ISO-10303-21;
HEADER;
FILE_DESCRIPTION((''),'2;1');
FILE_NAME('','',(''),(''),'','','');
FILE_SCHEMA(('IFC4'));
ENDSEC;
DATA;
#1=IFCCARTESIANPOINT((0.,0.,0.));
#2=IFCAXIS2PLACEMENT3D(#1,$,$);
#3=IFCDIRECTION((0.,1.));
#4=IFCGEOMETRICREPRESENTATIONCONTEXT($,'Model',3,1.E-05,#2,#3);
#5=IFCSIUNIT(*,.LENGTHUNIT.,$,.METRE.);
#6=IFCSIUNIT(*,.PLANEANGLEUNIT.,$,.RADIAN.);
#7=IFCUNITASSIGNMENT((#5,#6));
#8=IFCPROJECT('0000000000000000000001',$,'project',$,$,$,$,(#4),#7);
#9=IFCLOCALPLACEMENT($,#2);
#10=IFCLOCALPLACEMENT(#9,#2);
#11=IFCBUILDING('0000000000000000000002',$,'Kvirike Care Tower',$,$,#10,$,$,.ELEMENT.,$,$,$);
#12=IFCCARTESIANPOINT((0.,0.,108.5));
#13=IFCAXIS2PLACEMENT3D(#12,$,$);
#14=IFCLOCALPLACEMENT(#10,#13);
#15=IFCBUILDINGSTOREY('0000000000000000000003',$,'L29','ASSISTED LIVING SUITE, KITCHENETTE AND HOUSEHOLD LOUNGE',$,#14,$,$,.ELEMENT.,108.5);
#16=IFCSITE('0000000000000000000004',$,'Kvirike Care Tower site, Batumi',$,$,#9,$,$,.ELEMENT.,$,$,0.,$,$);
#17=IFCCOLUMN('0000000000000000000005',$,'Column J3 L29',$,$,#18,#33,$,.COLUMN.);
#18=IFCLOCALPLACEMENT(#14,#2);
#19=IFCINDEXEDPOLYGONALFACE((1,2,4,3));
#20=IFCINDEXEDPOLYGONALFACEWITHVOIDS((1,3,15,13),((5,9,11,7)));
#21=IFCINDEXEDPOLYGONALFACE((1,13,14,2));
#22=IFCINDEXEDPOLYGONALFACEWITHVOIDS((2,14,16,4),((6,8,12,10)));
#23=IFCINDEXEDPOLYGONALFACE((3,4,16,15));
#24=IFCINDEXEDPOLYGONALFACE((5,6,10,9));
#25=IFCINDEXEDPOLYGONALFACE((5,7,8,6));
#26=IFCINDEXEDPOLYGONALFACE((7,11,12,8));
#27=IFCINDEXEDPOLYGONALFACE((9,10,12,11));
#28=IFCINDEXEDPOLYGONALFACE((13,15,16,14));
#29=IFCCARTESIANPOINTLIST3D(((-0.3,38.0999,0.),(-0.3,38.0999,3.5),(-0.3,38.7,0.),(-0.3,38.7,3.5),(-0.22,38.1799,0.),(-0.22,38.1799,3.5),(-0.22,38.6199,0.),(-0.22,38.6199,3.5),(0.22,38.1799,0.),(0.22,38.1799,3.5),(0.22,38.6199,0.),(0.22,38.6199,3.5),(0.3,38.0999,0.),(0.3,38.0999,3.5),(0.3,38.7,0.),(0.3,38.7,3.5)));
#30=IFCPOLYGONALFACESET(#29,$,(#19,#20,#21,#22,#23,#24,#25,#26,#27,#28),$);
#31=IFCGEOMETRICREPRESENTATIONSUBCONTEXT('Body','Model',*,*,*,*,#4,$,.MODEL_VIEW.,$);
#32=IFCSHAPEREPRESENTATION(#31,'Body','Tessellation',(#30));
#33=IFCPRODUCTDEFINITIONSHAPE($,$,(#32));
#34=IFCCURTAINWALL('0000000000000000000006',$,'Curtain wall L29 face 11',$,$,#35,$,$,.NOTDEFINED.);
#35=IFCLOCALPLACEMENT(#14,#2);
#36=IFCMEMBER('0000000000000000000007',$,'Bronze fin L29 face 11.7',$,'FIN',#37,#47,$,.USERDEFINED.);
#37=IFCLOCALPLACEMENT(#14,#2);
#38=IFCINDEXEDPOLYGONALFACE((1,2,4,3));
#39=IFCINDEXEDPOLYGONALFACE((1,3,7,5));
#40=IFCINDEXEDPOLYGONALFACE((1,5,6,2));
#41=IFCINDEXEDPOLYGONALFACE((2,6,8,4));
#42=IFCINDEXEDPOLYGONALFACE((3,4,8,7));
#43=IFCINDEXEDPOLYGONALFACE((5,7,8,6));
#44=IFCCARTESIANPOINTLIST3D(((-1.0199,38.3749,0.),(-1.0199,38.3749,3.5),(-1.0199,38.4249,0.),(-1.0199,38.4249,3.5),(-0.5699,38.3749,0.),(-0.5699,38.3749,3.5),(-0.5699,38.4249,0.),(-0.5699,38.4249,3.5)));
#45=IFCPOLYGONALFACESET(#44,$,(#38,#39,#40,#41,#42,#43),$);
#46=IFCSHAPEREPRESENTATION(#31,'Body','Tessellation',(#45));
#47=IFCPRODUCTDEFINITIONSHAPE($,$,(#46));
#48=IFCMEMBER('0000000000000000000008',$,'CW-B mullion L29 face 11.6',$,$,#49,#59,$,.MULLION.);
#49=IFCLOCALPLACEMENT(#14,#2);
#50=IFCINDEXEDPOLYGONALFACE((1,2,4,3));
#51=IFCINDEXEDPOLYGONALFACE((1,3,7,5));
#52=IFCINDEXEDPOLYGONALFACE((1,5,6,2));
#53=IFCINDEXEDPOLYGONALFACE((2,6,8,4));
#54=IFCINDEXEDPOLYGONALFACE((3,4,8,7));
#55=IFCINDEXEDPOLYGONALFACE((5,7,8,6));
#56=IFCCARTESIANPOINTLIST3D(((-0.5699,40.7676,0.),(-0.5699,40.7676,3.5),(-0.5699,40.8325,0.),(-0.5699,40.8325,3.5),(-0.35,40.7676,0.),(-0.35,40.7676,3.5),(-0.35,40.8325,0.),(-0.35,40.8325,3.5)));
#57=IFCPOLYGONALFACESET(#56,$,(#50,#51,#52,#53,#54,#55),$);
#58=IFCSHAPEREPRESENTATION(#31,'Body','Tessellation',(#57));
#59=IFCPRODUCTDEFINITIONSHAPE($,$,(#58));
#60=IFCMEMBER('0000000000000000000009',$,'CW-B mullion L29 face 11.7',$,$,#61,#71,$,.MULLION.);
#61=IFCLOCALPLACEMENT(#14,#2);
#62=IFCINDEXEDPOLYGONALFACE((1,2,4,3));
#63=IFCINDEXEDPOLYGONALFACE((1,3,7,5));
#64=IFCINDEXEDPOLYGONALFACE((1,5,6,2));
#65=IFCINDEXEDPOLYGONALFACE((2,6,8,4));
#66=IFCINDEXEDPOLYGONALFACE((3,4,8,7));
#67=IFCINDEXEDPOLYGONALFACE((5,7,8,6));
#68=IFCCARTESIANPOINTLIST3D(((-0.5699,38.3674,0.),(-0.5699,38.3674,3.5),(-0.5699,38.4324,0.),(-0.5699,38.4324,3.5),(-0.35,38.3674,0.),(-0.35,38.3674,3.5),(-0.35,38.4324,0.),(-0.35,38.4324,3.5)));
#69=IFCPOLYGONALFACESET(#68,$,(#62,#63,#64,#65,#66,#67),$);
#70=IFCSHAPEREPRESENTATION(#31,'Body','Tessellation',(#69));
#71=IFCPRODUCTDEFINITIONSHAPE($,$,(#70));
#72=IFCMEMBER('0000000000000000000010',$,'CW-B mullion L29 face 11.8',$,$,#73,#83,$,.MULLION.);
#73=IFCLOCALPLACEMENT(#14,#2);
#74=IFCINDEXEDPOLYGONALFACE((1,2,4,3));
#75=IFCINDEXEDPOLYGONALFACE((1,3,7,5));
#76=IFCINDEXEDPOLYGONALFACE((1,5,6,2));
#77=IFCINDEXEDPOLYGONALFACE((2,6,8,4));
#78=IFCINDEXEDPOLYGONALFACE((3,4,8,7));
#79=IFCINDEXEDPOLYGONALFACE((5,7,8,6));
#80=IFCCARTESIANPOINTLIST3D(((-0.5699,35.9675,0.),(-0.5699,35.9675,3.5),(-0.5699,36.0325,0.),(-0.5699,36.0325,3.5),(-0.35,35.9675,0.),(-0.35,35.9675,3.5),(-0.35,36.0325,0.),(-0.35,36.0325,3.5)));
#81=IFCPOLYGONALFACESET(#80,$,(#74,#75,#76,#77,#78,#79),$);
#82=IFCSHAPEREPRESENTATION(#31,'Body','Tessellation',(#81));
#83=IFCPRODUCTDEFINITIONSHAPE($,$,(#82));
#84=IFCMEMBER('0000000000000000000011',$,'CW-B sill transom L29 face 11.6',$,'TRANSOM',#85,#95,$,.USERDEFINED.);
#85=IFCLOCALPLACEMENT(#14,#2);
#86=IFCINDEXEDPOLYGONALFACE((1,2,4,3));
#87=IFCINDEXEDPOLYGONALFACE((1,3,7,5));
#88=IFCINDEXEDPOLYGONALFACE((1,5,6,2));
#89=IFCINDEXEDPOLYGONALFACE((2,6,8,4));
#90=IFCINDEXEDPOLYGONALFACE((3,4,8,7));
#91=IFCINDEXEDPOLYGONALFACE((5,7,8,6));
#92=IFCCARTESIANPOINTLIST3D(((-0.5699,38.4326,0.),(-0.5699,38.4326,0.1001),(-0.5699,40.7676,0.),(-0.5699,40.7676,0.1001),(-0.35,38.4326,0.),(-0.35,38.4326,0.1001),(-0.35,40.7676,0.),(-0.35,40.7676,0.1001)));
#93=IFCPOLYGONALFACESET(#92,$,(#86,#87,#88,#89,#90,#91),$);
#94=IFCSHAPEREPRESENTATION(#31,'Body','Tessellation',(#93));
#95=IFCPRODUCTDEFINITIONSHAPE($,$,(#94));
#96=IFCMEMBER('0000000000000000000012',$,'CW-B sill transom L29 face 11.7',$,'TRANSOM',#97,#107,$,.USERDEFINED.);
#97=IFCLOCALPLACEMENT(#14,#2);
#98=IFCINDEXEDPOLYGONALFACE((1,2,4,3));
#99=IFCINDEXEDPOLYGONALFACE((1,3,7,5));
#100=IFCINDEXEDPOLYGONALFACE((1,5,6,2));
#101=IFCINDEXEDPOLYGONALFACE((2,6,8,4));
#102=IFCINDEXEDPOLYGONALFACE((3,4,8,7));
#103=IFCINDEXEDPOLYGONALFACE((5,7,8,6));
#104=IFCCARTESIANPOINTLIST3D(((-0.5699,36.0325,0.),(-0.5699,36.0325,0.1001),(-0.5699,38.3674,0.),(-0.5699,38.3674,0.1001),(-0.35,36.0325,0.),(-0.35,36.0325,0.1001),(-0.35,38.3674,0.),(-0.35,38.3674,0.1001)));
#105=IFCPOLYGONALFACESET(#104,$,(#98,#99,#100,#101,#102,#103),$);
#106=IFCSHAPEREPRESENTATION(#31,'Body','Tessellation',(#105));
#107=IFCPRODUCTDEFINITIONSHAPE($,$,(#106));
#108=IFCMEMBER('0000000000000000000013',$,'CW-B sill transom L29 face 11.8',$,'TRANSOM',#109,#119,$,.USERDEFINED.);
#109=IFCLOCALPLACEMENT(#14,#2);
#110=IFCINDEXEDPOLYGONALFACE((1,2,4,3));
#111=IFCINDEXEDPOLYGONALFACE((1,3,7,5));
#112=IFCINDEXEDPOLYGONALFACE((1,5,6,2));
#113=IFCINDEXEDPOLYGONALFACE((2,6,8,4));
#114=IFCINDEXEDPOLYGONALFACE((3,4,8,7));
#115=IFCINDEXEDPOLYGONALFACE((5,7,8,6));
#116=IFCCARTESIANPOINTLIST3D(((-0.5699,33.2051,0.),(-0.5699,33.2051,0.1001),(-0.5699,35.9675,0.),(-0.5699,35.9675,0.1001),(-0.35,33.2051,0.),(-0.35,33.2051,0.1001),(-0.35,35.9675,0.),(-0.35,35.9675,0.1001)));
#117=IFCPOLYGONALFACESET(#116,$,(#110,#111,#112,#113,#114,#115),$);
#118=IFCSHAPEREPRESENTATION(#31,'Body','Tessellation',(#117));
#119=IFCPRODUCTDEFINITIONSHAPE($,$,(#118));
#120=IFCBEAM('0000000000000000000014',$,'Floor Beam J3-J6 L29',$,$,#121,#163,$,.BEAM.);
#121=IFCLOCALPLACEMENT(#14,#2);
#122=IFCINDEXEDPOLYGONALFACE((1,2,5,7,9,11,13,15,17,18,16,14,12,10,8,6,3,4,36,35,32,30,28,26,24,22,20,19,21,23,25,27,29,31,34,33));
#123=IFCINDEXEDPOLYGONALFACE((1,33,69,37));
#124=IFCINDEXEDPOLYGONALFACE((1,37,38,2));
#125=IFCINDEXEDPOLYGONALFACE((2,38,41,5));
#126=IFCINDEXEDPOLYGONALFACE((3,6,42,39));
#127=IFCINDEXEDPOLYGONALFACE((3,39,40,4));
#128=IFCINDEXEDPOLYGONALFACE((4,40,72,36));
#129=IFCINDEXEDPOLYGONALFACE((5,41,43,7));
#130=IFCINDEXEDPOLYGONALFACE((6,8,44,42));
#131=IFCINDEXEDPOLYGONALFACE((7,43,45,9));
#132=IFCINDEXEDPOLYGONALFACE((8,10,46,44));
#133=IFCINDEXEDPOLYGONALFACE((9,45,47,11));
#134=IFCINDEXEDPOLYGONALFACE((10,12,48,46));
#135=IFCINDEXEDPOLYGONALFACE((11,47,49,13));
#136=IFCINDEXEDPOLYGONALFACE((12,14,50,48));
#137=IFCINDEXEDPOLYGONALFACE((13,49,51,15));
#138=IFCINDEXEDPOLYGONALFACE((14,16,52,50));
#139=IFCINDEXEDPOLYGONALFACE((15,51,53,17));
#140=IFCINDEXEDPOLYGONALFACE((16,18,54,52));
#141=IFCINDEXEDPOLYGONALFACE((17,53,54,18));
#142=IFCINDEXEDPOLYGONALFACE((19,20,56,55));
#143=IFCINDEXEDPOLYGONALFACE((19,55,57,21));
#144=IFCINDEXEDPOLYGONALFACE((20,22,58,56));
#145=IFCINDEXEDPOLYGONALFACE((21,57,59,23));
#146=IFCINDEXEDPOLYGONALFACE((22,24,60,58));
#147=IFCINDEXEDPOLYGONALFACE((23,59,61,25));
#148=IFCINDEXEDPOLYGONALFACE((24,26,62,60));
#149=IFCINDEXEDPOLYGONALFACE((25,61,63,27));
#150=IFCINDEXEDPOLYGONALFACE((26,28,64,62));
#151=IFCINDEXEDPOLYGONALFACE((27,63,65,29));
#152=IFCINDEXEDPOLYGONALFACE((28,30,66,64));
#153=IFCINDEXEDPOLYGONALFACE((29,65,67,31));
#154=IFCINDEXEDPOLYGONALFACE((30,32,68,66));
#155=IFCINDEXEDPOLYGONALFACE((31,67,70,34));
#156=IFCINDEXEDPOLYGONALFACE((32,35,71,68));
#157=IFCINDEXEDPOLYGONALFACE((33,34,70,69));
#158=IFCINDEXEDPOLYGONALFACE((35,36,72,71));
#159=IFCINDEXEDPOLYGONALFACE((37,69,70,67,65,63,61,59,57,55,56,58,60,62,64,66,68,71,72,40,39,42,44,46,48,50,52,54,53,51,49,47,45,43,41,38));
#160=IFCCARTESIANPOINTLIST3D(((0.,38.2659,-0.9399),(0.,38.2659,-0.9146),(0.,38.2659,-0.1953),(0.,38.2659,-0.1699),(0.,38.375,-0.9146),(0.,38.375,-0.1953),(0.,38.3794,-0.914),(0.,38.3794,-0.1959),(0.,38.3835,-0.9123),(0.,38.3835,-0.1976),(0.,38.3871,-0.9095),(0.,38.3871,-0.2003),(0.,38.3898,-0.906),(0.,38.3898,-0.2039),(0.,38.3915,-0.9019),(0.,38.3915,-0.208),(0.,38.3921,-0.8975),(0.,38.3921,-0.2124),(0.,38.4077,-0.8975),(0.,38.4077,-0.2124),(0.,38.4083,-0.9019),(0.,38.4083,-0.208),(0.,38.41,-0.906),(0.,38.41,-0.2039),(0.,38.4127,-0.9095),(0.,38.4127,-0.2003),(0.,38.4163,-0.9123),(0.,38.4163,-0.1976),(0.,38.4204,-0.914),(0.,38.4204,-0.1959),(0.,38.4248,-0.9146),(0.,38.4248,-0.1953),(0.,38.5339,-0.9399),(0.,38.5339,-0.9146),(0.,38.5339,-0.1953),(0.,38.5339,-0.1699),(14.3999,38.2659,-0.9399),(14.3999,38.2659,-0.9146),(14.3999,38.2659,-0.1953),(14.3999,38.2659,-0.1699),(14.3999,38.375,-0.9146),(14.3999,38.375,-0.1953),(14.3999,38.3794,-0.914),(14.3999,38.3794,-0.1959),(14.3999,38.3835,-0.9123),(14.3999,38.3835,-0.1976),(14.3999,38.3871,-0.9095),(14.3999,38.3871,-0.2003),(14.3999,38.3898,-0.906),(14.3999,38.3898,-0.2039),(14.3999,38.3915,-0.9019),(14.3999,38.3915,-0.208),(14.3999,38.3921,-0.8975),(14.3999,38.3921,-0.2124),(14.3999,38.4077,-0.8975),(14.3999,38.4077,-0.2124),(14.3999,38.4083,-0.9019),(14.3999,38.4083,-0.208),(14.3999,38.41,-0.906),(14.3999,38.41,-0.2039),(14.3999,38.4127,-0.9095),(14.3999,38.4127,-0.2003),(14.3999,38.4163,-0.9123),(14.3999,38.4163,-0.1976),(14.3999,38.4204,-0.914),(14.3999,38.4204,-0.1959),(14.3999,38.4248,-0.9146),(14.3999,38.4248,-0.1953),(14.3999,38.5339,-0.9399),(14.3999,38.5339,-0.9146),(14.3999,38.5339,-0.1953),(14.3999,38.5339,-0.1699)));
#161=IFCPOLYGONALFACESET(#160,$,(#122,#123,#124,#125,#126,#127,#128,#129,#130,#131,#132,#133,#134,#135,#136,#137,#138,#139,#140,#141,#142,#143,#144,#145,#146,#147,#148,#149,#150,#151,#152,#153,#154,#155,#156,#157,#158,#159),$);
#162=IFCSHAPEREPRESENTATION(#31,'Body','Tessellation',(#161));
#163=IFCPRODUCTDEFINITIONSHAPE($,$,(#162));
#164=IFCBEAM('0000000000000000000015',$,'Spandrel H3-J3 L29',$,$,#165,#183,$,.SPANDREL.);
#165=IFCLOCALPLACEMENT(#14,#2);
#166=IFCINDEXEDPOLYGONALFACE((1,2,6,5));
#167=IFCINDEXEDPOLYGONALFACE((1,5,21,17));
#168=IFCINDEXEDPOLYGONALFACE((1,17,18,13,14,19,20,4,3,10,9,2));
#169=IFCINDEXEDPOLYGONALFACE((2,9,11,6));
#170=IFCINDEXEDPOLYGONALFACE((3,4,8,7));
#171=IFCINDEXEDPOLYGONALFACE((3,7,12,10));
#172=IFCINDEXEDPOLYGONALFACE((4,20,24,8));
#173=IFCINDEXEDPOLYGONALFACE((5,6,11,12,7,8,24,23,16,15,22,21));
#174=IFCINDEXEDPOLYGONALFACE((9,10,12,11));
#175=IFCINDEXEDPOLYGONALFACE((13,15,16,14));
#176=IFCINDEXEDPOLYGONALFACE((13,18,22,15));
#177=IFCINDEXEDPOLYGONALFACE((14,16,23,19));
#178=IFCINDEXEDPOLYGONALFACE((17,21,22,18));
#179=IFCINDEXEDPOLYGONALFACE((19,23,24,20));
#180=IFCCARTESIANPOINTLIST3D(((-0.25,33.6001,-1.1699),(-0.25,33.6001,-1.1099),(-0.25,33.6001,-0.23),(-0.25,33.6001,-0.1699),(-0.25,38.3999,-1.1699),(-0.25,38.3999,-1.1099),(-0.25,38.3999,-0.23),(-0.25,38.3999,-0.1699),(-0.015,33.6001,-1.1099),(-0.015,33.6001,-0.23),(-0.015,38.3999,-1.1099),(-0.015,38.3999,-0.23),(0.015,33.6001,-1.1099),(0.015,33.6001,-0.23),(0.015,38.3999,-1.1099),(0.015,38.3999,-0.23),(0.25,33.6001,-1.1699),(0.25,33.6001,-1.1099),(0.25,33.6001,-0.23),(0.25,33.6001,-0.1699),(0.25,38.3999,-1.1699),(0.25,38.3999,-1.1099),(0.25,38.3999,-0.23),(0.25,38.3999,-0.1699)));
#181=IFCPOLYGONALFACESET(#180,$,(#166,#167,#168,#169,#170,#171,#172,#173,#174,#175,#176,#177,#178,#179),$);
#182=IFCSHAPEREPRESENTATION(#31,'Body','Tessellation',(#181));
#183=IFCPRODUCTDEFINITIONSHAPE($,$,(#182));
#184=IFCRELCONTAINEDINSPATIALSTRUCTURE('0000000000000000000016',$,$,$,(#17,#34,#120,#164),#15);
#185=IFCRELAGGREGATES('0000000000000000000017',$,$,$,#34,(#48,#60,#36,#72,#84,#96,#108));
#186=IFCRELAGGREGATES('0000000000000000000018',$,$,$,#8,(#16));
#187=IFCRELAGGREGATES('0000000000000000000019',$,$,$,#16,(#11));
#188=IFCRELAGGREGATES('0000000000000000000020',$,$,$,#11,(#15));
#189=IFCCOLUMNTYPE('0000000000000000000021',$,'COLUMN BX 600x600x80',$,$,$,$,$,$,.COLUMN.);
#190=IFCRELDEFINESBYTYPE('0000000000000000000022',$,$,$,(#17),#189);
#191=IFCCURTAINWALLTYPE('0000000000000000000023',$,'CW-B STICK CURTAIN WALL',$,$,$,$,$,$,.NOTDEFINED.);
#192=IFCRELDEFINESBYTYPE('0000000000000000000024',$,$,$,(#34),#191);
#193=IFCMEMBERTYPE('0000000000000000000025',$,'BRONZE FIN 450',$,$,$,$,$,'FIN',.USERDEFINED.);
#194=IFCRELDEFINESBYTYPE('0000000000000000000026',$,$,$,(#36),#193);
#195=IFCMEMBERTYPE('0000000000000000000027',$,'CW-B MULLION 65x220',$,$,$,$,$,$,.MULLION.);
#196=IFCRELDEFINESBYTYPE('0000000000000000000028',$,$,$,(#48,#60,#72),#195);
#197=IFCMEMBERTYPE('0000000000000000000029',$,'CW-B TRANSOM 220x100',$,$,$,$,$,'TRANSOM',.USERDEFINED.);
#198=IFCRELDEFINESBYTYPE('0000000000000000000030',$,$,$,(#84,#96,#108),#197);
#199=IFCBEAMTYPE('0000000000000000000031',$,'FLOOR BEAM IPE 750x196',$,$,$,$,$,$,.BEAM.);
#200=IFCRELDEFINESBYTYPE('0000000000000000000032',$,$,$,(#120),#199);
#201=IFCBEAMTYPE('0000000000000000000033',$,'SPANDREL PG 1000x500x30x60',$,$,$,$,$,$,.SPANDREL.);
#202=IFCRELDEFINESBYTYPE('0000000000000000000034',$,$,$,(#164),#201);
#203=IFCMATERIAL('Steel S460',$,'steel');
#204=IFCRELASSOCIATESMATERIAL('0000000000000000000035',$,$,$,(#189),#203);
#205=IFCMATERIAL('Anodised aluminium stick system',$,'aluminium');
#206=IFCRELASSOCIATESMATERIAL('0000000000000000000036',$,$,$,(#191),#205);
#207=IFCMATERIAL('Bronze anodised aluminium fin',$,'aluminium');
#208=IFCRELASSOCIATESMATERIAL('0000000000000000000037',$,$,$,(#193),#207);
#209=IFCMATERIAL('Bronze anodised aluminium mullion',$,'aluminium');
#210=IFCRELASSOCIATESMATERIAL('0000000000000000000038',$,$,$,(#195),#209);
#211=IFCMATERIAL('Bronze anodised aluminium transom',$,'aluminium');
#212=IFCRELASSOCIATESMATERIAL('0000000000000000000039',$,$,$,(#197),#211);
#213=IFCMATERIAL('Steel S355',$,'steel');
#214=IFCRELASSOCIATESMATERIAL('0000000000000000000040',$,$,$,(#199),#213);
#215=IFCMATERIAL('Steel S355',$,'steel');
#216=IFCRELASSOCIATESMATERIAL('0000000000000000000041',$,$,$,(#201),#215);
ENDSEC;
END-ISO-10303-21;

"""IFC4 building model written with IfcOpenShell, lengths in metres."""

from ifc_helpers import new_model, si_unit, direction, frame, origin, origin_2d, place, context, subcontext, project, spatial, rectangle, hollow_rectangle, i_section, extrude, material, material_profile, profile_set, type_object, element, aggregate, save


model = new_model("IFC4")

# Units and contexts
model_context = context("Model", 3, precision=1e-05, world=origin(), true_north=direction((0.0, 1.0)))
body_context = subcontext(model_context, "Body", "Model", "MODEL_VIEW")
ifc_project = project(units=[si_unit("LENGTHUNIT", "METRE"), si_unit("PLANEANGLEUNIT", "RADIAN")], contexts=[model_context])

# Site, building, storey
site_placement = place(None, origin())
site = spatial("IfcSite", under=ifc_project, at=site_placement, Name="Kvirike Care Tower site, Batumi", CompositionType="ELEMENT", RefElevation=0.0)
building_placement = place(site_placement, origin())
building = spatial("IfcBuilding", under=site, at=building_placement, Name="Kvirike Care Tower", CompositionType="ELEMENT")
storey_placement = place(building_placement, frame((0.0, 0.0, 108.5)))
storey = spatial("IfcBuildingStorey", under=building, at=storey_placement, Name="L29", Description="ASSISTED LIVING SUITE, KITCHENETTE AND HOUSEHOLD LOUNGE", CompositionType="ELEMENT", Elevation=108.5)

# Column
ifc_material_1 = material(Name="Steel S460", Category="steel")
ifc_material_profile_1 = material_profile(ifc_material_1, hollow_rectangle(XDim=0.6001, YDim=0.6001, WallThickness=0.0801, at=origin_2d()), Name="BX 600x600x80")
ifc_profile_set_1 = profile_set([ifc_material_profile_1], Name="Steel S460")
column_type = type_object("IfcColumnType", Name="COLUMN BX 600x600x80", PredefinedType="COLUMN", material=ifc_profile_set_1)
column_placement = place(storey_placement, frame((0.0, 38.3999, 0.0), z_axis=(0.0, 0.0, 1.0), x_axis=(1.0, 0.0, 0.0)))
element("IfcColumn", 1, at=column_placement, inside=storey, type_object=column_type, Name="Column J3 L29", PredefinedType="COLUMN", context=body_context, shape_type="SweptSolid", body=[
    extrude(hollow_rectangle(XDim=0.6001, YDim=0.6001, WallThickness=0.0801, at=origin_2d()), origin(), (0.0, 0.0, 1.0), 3.5),
])

# Curtain wall, members
ifc_material_2 = material(Name="Anodised aluminium stick system", Category="aluminium")
curtain_wall_type = type_object("IfcCurtainWallType", Name="CW-B STICK CURTAIN WALL", PredefinedType="NOTDEFINED", material=ifc_material_2)
curtain_wall_placement = place(storey_placement, origin())
curtain_wall = element("IfcCurtainWall", 2, at=curtain_wall_placement, inside=storey, type_object=curtain_wall_type, Name="Curtain wall L29 face 11", PredefinedType="NOTDEFINED")
ifc_material_3 = material(Name="Bronze anodised aluminium fin", Category="aluminium")
ifc_material_profile_2 = material_profile(ifc_material_3, rectangle(XDim=0.05, YDim=0.45, at=origin_2d()), Name="BRONZE FIN 450")
ifc_profile_set_2 = profile_set([ifc_material_profile_2], Name="Bronze anodised aluminium fin")
member_type_1 = type_object("IfcMemberType", Name="BRONZE FIN 450", ElementType="FIN", PredefinedType="USERDEFINED", material=ifc_profile_set_2)
member_1_placement = place(storey_placement, frame((-0.7949, 38.3999, 0.0), z_axis=(0.0, 0.0, 1.0), x_axis=(0.0, -1.0, 0.0)))
member_1 = element("IfcMember", 3, at=member_1_placement, type_object=member_type_1, Name="Bronze fin L29 face 11.7", ObjectType="FIN", PredefinedType="USERDEFINED", context=body_context, shape_type="SweptSolid", body=[
    extrude(rectangle(XDim=0.05, YDim=0.45, at=origin_2d()), origin(), (0.0, 0.0, 1.0), 3.5),
])
ifc_material_4 = material(Name="Bronze anodised aluminium mullion", Category="aluminium")
ifc_material_profile_3 = material_profile(ifc_material_4, rectangle(XDim=0.0649, YDim=0.22, at=origin_2d()), Name="CW-B MULLION 65x220")
ifc_profile_set_3 = profile_set([ifc_material_profile_3], Name="Bronze anodised aluminium mullion")
member_type_2 = type_object("IfcMemberType", Name="CW-B MULLION 65x220", PredefinedType="MULLION", material=ifc_profile_set_3)
member_2_placement = place(storey_placement, frame((-0.46, 40.8, 0.0), z_axis=(0.0, 0.0, 1.0), x_axis=(0.0, -1.0, 0.0)))
member_2 = element("IfcMember", 4, at=member_2_placement, type_object=member_type_2, Name="CW-B mullion L29 face 11.6", PredefinedType="MULLION", context=body_context, shape_type="SweptSolid", body=[
    extrude(rectangle(XDim=0.0649, YDim=0.22, at=origin_2d()), origin(), (0.0, 0.0, 1.0), 3.5),
])
member_3_placement = place(storey_placement, frame((-0.46, 38.3999, 0.0), z_axis=(0.0, 0.0, 1.0), x_axis=(0.0, -1.0, 0.0)))
member_3 = element("IfcMember", 5, at=member_3_placement, type_object=member_type_2, Name="CW-B mullion L29 face 11.7", PredefinedType="MULLION", context=body_context, shape_type="SweptSolid", body=[
    extrude(rectangle(XDim=0.0649, YDim=0.22, at=origin_2d()), origin(), (0.0, 0.0, 1.0), 3.5),
])
member_4_placement = place(storey_placement, frame((-0.46, 36.0, 0.0), z_axis=(0.0, 0.0, 1.0), x_axis=(0.0, -1.0, 0.0)))
member_4 = element("IfcMember", 6, at=member_4_placement, type_object=member_type_2, Name="CW-B mullion L29 face 11.8", PredefinedType="MULLION", context=body_context, shape_type="SweptSolid", body=[
    extrude(rectangle(XDim=0.0649, YDim=0.22, at=origin_2d()), origin(), (0.0, 0.0, 1.0), 3.5),
])
ifc_material_5 = material(Name="Bronze anodised aluminium transom", Category="aluminium")
ifc_material_profile_4 = material_profile(ifc_material_5, rectangle(XDim=0.22, YDim=0.1001, at=origin_2d()), Name="CW-B TRANSOM 220x100")
ifc_profile_set_4 = profile_set([ifc_material_profile_4], Name="Bronze anodised aluminium transom")
member_type_3 = type_object("IfcMemberType", Name="CW-B TRANSOM 220x100", ElementType="TRANSOM", PredefinedType="USERDEFINED", material=ifc_profile_set_4)
member_5_placement = place(storey_placement, frame((-0.46, 40.7676, 0.05), z_axis=(0.0, -1.0, 0.0), x_axis=(1.0, 0.0, 0.0)))
member_5 = element("IfcMember", 7, at=member_5_placement, type_object=member_type_3, Name="CW-B sill transom L29 face 11.6", ObjectType="TRANSOM", PredefinedType="USERDEFINED", context=body_context, shape_type="SweptSolid", body=[
    extrude(rectangle(XDim=0.22, YDim=0.1001, at=origin_2d()), origin(), (0.0, 0.0, 1.0), 2.335),
])
member_6_placement = place(storey_placement, frame((-0.46, 38.3674, 0.05), z_axis=(0.0, -1.0, 0.0), x_axis=(1.0, 0.0, 0.0)))
member_6 = element("IfcMember", 8, at=member_6_placement, type_object=member_type_3, Name="CW-B sill transom L29 face 11.7", ObjectType="TRANSOM", PredefinedType="USERDEFINED", context=body_context, shape_type="SweptSolid", body=[
    extrude(rectangle(XDim=0.22, YDim=0.1001, at=origin_2d()), origin(), (0.0, 0.0, 1.0), 2.335),
])
member_7_placement = place(storey_placement, frame((-0.46, 35.9675, 0.05), z_axis=(0.0, -1.0, 0.0), x_axis=(1.0, 0.0, 0.0)))
member_7 = element("IfcMember", 9, at=member_7_placement, type_object=member_type_3, Name="CW-B sill transom L29 face 11.8", ObjectType="TRANSOM", PredefinedType="USERDEFINED", context=body_context, shape_type="SweptSolid", body=[
    extrude(rectangle(XDim=0.22, YDim=0.1001, at=origin_2d()), origin(), (0.0, 0.0, 1.0), 2.7625),
])

# Beams
ifc_material_6 = material(Name="Steel S355", Category="steel")
ifc_material_profile_5 = material_profile(ifc_material_6, i_section(OverallWidth=0.2681, OverallDepth=0.77, WebThickness=0.0156, FlangeThickness=0.0254, FilletRadius=0.0171, at=origin_2d()), Name="IPE 750x196")
ifc_profile_set_5 = profile_set([ifc_material_profile_5], Name="Steel S355")
beam_type_1 = type_object("IfcBeamType", Name="FLOOR BEAM IPE 750x196", PredefinedType="BEAM", material=ifc_profile_set_5)
beam_1_placement = place(storey_placement, frame((0.0, 38.3999, -0.5549), z_axis=(1.0, 0.0, 0.0), x_axis=(0.0, 1.0, 0.0)))
element("IfcBeam", 10, at=beam_1_placement, inside=storey, type_object=beam_type_1, Name="Floor Beam J3-J6 L29", PredefinedType="BEAM", context=body_context, shape_type="SweptSolid", body=[
    extrude(i_section(OverallWidth=0.2681, OverallDepth=0.77, WebThickness=0.0156, FlangeThickness=0.0254, FilletRadius=0.0171, at=origin_2d()), origin(), (0.0, 0.0, 1.0), 14.3999),
])
ifc_material_7 = material(Name="Steel S355", Category="steel")
ifc_material_profile_6 = material_profile(ifc_material_7, i_section(OverallWidth=0.5, OverallDepth=1.0, WebThickness=0.03, FlangeThickness=0.0601, at=origin_2d()), Name="PG 1000x500x30x60")
ifc_profile_set_6 = profile_set([ifc_material_profile_6], Name="Steel S355")
beam_type_2 = type_object("IfcBeamType", Name="SPANDREL PG 1000x500x30x60", PredefinedType="SPANDREL", material=ifc_profile_set_6)
beam_2_placement = place(storey_placement, frame((0.0, 33.6001, -0.6699), z_axis=(0.0, 1.0, 0.0), x_axis=(-1.0, 0.0, 0.0)))
element("IfcBeam", 11, at=beam_2_placement, inside=storey, type_object=beam_type_2, Name="Spandrel H3-J3 L29", PredefinedType="SPANDREL", context=body_context, shape_type="SweptSolid", body=[
    extrude(i_section(OverallWidth=0.5, OverallDepth=1.0, WebThickness=0.03, FlangeThickness=0.0601, at=origin_2d()), origin(), (0.0, 0.0, 1.0), 4.7998),
])

aggregate(curtain_wall, [member_2, member_3, member_1, member_4, member_5, member_6, member_7])

save(model, "model.ifc")
